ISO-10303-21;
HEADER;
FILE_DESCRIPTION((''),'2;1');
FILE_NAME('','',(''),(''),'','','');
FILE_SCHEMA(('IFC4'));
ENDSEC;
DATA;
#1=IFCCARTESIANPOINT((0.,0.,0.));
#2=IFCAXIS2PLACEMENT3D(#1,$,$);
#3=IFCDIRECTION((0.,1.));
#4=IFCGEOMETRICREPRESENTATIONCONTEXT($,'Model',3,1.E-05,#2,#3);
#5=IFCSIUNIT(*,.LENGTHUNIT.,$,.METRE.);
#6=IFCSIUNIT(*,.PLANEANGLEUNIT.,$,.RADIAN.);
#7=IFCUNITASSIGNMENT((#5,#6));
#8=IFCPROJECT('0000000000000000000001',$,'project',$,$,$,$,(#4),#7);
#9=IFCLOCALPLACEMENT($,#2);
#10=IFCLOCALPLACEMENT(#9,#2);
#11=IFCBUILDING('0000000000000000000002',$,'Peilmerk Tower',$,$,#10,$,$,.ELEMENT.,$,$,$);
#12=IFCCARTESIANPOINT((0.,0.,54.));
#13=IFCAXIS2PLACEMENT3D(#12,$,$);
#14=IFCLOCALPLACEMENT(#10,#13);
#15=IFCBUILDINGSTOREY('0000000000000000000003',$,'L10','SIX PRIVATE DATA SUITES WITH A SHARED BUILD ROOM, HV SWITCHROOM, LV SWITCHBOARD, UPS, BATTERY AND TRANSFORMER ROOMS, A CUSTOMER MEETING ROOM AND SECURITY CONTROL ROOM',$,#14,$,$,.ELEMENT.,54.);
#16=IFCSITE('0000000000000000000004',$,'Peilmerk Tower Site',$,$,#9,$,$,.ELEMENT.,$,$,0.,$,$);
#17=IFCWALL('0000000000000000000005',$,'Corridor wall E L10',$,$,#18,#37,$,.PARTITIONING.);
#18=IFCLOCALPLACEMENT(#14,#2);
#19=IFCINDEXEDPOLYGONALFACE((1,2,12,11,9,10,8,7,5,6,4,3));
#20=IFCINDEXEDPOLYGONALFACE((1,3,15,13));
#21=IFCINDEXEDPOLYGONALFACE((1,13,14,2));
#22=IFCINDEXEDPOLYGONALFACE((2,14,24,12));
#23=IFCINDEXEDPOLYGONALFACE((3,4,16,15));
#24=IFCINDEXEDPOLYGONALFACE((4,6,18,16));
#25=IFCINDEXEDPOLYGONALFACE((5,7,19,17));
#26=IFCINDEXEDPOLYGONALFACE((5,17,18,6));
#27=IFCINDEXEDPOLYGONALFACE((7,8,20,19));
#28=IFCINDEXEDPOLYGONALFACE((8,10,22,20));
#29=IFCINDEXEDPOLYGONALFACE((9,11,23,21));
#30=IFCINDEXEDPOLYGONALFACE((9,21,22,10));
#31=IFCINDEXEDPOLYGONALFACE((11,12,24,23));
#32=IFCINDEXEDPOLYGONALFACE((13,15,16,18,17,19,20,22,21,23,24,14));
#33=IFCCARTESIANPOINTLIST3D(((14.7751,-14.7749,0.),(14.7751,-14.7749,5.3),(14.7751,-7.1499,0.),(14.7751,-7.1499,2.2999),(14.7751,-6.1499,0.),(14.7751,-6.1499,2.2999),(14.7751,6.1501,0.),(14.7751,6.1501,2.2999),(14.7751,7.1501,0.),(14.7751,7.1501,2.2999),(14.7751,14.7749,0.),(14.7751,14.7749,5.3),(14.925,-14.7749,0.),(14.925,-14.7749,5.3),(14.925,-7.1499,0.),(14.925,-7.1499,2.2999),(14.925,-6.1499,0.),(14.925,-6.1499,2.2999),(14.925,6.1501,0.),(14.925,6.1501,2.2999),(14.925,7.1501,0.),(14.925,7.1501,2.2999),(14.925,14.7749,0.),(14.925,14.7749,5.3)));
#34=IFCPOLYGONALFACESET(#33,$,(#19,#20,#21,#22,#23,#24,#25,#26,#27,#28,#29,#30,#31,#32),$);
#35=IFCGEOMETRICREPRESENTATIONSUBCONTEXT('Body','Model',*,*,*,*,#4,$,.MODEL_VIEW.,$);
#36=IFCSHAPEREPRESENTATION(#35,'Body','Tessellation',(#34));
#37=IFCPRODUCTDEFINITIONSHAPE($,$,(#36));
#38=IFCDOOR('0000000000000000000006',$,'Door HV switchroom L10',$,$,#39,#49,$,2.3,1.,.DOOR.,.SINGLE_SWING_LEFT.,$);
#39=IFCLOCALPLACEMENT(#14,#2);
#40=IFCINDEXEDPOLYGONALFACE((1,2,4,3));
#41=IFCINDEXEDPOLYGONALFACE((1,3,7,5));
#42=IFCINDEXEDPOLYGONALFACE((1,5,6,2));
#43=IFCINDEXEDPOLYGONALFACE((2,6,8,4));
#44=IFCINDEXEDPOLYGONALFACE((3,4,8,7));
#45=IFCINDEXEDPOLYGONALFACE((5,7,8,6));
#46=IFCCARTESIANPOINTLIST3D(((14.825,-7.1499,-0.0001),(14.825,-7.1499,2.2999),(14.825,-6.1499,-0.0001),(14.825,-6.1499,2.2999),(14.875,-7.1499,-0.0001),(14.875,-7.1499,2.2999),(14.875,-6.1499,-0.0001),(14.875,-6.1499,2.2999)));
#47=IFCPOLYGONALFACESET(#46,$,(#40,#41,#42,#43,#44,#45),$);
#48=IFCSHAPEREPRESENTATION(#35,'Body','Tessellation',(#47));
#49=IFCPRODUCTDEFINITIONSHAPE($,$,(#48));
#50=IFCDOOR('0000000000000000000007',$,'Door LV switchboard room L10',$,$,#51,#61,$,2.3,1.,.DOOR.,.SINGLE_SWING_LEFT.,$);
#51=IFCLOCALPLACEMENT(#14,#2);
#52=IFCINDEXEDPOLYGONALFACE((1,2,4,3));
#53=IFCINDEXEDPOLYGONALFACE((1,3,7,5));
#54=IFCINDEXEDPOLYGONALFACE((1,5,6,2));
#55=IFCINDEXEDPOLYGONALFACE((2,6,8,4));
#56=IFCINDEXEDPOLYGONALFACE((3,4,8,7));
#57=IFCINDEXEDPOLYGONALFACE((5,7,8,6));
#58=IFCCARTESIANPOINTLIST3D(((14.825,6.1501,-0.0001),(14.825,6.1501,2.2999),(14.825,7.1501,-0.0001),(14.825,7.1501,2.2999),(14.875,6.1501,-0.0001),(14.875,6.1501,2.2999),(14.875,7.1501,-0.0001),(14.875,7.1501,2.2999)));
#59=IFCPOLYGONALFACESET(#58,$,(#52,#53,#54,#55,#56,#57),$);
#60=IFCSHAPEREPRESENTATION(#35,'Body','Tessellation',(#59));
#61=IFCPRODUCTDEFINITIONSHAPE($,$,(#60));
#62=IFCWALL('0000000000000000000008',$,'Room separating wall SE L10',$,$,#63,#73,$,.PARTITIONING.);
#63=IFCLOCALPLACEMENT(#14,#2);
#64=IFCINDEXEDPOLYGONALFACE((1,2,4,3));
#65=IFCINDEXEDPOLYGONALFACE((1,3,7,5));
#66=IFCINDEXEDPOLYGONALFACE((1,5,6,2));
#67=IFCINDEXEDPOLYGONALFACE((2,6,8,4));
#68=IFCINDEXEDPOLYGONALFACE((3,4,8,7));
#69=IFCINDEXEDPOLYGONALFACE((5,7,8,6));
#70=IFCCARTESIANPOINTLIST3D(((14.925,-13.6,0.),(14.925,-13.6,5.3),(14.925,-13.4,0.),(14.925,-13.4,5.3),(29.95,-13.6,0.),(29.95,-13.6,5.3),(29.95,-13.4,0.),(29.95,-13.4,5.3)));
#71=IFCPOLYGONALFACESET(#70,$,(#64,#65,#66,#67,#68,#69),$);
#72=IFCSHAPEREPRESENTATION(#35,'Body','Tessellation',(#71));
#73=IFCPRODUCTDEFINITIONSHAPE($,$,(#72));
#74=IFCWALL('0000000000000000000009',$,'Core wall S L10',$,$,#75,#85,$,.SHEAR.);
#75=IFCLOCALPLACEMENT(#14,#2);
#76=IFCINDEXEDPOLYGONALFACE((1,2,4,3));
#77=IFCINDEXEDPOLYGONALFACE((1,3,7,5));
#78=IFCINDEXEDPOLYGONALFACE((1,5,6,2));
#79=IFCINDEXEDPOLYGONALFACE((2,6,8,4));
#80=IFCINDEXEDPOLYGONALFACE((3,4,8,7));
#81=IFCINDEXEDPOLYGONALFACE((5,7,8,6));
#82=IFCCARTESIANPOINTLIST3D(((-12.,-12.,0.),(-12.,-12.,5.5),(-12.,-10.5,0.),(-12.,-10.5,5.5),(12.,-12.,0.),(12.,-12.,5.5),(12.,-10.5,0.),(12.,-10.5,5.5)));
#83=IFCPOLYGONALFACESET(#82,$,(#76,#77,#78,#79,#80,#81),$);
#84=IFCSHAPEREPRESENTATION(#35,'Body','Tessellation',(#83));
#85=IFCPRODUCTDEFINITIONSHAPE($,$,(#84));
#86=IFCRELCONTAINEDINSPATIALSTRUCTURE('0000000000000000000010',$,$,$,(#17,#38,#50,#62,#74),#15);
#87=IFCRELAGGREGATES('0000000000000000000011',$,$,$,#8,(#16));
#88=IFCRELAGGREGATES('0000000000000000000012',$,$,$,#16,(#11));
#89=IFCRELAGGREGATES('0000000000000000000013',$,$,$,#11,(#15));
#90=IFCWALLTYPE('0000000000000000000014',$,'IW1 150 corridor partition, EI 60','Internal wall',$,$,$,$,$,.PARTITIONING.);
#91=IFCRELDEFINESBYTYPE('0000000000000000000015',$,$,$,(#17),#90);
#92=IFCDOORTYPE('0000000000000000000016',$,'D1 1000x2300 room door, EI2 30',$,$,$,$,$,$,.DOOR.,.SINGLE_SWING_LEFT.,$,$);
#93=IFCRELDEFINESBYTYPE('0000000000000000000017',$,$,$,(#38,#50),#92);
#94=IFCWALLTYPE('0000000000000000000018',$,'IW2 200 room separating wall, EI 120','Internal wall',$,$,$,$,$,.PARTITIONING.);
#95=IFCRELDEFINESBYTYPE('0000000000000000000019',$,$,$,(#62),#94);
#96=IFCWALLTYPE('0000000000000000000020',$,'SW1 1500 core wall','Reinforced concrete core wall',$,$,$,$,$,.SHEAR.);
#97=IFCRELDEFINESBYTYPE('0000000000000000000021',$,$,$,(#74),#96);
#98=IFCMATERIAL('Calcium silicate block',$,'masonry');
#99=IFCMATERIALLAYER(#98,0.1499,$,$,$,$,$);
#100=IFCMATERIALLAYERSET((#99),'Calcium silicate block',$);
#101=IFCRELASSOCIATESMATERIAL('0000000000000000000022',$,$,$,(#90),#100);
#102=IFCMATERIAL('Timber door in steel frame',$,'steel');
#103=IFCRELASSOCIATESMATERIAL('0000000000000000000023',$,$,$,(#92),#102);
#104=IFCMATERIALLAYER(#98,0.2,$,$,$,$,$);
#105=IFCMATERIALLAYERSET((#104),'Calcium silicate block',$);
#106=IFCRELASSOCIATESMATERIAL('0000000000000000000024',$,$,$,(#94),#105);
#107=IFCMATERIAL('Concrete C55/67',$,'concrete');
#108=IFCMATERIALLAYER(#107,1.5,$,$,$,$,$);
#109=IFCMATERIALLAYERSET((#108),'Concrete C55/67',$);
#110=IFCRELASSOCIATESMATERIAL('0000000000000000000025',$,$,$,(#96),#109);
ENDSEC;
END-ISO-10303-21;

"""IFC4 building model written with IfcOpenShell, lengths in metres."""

from ifc_helpers import new_model, si_unit, direction, frame, frame_2d, origin, place, context, subcontext, project, spatial, rectangle, extrude, material, layer, layer_set, type_object, element, fill, save


model = new_model("IFC4")

# Units and contexts
model_context = context("Model", 3, precision=1e-05, world=origin(), true_north=direction((0.0, 1.0)))
body_context = subcontext(model_context, "Body", "Model", "MODEL_VIEW")
ifc_project = project(units=[si_unit("LENGTHUNIT", "METRE"), si_unit("PLANEANGLEUNIT", "RADIAN")], contexts=[model_context])

# Site, building, storey
site_placement = place(None, origin())
site = spatial("IfcSite", under=ifc_project, at=site_placement, Name="Peilmerk Tower Site", CompositionType="ELEMENT", RefElevation=0.0)
building_placement = place(site_placement, origin())
building = spatial("IfcBuilding", under=site, at=building_placement, Name="Peilmerk Tower", CompositionType="ELEMENT")
storey_placement = place(building_placement, frame((0.0, 0.0, 54.0)))
storey = spatial("IfcBuildingStorey", under=building, at=storey_placement, Name="L10", Description="SIX PRIVATE DATA SUITES WITH A SHARED BUILD ROOM, HV SWITCHROOM, LV SWITCHBOARD, UPS, BATTERY AND TRANSFORMER ROOMS, A CUSTOMER MEETING ROOM AND SECURITY CONTROL ROOM", CompositionType="ELEMENT", Elevation=54.0)

# Wall, openings, doors
ifc_material_1 = material(Name="Calcium silicate block", Category="masonry")
ifc_layer_1 = layer(ifc_material_1, 0.1499)
ifc_layer_set_1 = layer_set([ifc_layer_1], Name="Calcium silicate block")
wall_type_1 = type_object("IfcWallType", Name="IW1 150 corridor partition, EI 60", Description="Internal wall", PredefinedType="PARTITIONING", material=ifc_layer_set_1)
ifc_material_2 = material(Name="Timber door in steel frame", Category="steel")
door_type_1 = type_object("IfcDoorType", Name="D1 1000x2300 room door, EI2 30", OperationType="SINGLE_SWING_LEFT", PredefinedType="DOOR", material=ifc_material_2)
wall_1_placement = place(storey_placement, frame((14.8501, -14.7749, 0.0), z_axis=(0.0, 0.0, 1.0), x_axis=(0.0, 1.0, 0.0)))
wall_1 = element("IfcWall", 1, at=wall_1_placement, inside=storey, type_object=wall_type_1, Name="Corridor wall E L10", PredefinedType="PARTITIONING", context=body_context, shape_type="SweptSolid", body=[
    extrude(rectangle(XDim=29.5498, YDim=0.1499, at=frame_2d((14.7749, 0.0))), origin(), (0.0, 0.0, 1.0), 5.3),
])
opening_1_placement = place(wall_1_placement, frame((7.625, 0.0, 0.0)))
opening_1 = element("IfcOpeningElement", 2, at=opening_1_placement, cuts=wall_1, PredefinedType="OPENING", context=body_context, shape_type="SweptSolid", body=[
    extrude(rectangle(XDim=1.0, YDim=2.3, at=frame_2d((0.5, 1.1499))), frame((0.0, 0.085, 0.0), z_axis=(0.0, -1.0, 0.0), x_axis=(1.0, 0.0, 0.0)), (0.0, 0.0, 1.0), 0.1699),
])
opening_2_placement = place(wall_1_placement, frame((20.925, 0.0, 0.0)))
opening_2 = element("IfcOpeningElement", 3, at=opening_2_placement, cuts=wall_1, PredefinedType="OPENING", context=body_context, shape_type="SweptSolid", body=[
    extrude(rectangle(XDim=1.0, YDim=2.3, at=frame_2d((0.5, 1.1499))), frame((0.0, 0.085, 0.0), z_axis=(0.0, -1.0, 0.0), x_axis=(1.0, 0.0, 0.0)), (0.0, 0.0, 1.0), 0.1699),
])
door_1_placement = place(opening_1_placement, frame((1.0, 0.0, 0.0), z_axis=(0.0, 0.0, 1.0), x_axis=(-1.0, 0.0, 0.0)))
door_1 = element("IfcDoor", 4, at=door_1_placement, inside=storey, type_object=door_type_1, Name="Door HV switchroom L10", OperationType="SINGLE_SWING_LEFT", OverallHeight=2.3, OverallWidth=1.0, PredefinedType="DOOR", context=body_context, shape_type="SweptSolid", body=[
    extrude(rectangle(XDim=1.0, YDim=2.3, at=frame_2d((0.5, 1.1499))), frame((0.0, 0.0249, 0.0), z_axis=(0.0, -1.0, 0.0), x_axis=(1.0, 0.0, 0.0)), (0.0, 0.0, 1.0), 0.05),
])
fill(opening_1, door_1)
door_2_placement = place(opening_2_placement, frame((1.0, 0.0, 0.0), z_axis=(0.0, 0.0, 1.0), x_axis=(-1.0, 0.0, 0.0)))
door_2 = element("IfcDoor", 5, at=door_2_placement, inside=storey, type_object=door_type_1, Name="Door LV switchboard room L10", OperationType="SINGLE_SWING_LEFT", OverallHeight=2.3, OverallWidth=1.0, PredefinedType="DOOR", context=body_context, shape_type="SweptSolid", body=[
    extrude(rectangle(XDim=1.0, YDim=2.3, at=frame_2d((0.5, 1.1499))), frame((0.0, 0.0249, 0.0), z_axis=(0.0, -1.0, 0.0), x_axis=(1.0, 0.0, 0.0)), (0.0, 0.0, 1.0), 0.05),
])
fill(opening_2, door_2)

# Walls
ifc_layer_2 = layer(ifc_material_1, 0.2)
ifc_layer_set_2 = layer_set([ifc_layer_2], Name="Calcium silicate block")
wall_type_2 = type_object("IfcWallType", Name="IW2 200 room separating wall, EI 120", Description="Internal wall", PredefinedType="PARTITIONING", material=ifc_layer_set_2)
wall_2_placement = place(storey_placement, frame((29.95, -13.5, 0.0), z_axis=(0.0, 0.0, 1.0), x_axis=(-1.0, 0.0, 0.0)))
element("IfcWall", 6, at=wall_2_placement, inside=storey, type_object=wall_type_2, Name="Room separating wall SE L10", PredefinedType="PARTITIONING", context=body_context, shape_type="SweptSolid", body=[
    extrude(rectangle(XDim=15.0249, YDim=0.2, at=frame_2d((7.5125, 0.0))), origin(), (0.0, 0.0, 1.0), 5.3),
])
ifc_material_3 = material(Name="Concrete C55/67", Category="concrete")
ifc_layer_3 = layer(ifc_material_3, 1.5)
ifc_layer_set_3 = layer_set([ifc_layer_3], Name="Concrete C55/67")
wall_type_3 = type_object("IfcWallType", Name="SW1 1500 core wall", Description="Reinforced concrete core wall", PredefinedType="SHEAR", material=ifc_layer_set_3)
wall_3_placement = place(storey_placement, frame((12.0, -11.25, 0.0), z_axis=(0.0, 0.0, 1.0), x_axis=(-1.0, 0.0, 0.0)))
element("IfcWall", 7, at=wall_3_placement, inside=storey, type_object=wall_type_3, Name="Core wall S L10", PredefinedType="SHEAR", context=body_context, shape_type="SweptSolid", body=[
    extrude(rectangle(XDim=24.0, YDim=1.5, at=frame_2d((12.0, 0.0))), origin(), (0.0, 0.0, 1.0), 5.5),
])

save(model, "model.ifc")
